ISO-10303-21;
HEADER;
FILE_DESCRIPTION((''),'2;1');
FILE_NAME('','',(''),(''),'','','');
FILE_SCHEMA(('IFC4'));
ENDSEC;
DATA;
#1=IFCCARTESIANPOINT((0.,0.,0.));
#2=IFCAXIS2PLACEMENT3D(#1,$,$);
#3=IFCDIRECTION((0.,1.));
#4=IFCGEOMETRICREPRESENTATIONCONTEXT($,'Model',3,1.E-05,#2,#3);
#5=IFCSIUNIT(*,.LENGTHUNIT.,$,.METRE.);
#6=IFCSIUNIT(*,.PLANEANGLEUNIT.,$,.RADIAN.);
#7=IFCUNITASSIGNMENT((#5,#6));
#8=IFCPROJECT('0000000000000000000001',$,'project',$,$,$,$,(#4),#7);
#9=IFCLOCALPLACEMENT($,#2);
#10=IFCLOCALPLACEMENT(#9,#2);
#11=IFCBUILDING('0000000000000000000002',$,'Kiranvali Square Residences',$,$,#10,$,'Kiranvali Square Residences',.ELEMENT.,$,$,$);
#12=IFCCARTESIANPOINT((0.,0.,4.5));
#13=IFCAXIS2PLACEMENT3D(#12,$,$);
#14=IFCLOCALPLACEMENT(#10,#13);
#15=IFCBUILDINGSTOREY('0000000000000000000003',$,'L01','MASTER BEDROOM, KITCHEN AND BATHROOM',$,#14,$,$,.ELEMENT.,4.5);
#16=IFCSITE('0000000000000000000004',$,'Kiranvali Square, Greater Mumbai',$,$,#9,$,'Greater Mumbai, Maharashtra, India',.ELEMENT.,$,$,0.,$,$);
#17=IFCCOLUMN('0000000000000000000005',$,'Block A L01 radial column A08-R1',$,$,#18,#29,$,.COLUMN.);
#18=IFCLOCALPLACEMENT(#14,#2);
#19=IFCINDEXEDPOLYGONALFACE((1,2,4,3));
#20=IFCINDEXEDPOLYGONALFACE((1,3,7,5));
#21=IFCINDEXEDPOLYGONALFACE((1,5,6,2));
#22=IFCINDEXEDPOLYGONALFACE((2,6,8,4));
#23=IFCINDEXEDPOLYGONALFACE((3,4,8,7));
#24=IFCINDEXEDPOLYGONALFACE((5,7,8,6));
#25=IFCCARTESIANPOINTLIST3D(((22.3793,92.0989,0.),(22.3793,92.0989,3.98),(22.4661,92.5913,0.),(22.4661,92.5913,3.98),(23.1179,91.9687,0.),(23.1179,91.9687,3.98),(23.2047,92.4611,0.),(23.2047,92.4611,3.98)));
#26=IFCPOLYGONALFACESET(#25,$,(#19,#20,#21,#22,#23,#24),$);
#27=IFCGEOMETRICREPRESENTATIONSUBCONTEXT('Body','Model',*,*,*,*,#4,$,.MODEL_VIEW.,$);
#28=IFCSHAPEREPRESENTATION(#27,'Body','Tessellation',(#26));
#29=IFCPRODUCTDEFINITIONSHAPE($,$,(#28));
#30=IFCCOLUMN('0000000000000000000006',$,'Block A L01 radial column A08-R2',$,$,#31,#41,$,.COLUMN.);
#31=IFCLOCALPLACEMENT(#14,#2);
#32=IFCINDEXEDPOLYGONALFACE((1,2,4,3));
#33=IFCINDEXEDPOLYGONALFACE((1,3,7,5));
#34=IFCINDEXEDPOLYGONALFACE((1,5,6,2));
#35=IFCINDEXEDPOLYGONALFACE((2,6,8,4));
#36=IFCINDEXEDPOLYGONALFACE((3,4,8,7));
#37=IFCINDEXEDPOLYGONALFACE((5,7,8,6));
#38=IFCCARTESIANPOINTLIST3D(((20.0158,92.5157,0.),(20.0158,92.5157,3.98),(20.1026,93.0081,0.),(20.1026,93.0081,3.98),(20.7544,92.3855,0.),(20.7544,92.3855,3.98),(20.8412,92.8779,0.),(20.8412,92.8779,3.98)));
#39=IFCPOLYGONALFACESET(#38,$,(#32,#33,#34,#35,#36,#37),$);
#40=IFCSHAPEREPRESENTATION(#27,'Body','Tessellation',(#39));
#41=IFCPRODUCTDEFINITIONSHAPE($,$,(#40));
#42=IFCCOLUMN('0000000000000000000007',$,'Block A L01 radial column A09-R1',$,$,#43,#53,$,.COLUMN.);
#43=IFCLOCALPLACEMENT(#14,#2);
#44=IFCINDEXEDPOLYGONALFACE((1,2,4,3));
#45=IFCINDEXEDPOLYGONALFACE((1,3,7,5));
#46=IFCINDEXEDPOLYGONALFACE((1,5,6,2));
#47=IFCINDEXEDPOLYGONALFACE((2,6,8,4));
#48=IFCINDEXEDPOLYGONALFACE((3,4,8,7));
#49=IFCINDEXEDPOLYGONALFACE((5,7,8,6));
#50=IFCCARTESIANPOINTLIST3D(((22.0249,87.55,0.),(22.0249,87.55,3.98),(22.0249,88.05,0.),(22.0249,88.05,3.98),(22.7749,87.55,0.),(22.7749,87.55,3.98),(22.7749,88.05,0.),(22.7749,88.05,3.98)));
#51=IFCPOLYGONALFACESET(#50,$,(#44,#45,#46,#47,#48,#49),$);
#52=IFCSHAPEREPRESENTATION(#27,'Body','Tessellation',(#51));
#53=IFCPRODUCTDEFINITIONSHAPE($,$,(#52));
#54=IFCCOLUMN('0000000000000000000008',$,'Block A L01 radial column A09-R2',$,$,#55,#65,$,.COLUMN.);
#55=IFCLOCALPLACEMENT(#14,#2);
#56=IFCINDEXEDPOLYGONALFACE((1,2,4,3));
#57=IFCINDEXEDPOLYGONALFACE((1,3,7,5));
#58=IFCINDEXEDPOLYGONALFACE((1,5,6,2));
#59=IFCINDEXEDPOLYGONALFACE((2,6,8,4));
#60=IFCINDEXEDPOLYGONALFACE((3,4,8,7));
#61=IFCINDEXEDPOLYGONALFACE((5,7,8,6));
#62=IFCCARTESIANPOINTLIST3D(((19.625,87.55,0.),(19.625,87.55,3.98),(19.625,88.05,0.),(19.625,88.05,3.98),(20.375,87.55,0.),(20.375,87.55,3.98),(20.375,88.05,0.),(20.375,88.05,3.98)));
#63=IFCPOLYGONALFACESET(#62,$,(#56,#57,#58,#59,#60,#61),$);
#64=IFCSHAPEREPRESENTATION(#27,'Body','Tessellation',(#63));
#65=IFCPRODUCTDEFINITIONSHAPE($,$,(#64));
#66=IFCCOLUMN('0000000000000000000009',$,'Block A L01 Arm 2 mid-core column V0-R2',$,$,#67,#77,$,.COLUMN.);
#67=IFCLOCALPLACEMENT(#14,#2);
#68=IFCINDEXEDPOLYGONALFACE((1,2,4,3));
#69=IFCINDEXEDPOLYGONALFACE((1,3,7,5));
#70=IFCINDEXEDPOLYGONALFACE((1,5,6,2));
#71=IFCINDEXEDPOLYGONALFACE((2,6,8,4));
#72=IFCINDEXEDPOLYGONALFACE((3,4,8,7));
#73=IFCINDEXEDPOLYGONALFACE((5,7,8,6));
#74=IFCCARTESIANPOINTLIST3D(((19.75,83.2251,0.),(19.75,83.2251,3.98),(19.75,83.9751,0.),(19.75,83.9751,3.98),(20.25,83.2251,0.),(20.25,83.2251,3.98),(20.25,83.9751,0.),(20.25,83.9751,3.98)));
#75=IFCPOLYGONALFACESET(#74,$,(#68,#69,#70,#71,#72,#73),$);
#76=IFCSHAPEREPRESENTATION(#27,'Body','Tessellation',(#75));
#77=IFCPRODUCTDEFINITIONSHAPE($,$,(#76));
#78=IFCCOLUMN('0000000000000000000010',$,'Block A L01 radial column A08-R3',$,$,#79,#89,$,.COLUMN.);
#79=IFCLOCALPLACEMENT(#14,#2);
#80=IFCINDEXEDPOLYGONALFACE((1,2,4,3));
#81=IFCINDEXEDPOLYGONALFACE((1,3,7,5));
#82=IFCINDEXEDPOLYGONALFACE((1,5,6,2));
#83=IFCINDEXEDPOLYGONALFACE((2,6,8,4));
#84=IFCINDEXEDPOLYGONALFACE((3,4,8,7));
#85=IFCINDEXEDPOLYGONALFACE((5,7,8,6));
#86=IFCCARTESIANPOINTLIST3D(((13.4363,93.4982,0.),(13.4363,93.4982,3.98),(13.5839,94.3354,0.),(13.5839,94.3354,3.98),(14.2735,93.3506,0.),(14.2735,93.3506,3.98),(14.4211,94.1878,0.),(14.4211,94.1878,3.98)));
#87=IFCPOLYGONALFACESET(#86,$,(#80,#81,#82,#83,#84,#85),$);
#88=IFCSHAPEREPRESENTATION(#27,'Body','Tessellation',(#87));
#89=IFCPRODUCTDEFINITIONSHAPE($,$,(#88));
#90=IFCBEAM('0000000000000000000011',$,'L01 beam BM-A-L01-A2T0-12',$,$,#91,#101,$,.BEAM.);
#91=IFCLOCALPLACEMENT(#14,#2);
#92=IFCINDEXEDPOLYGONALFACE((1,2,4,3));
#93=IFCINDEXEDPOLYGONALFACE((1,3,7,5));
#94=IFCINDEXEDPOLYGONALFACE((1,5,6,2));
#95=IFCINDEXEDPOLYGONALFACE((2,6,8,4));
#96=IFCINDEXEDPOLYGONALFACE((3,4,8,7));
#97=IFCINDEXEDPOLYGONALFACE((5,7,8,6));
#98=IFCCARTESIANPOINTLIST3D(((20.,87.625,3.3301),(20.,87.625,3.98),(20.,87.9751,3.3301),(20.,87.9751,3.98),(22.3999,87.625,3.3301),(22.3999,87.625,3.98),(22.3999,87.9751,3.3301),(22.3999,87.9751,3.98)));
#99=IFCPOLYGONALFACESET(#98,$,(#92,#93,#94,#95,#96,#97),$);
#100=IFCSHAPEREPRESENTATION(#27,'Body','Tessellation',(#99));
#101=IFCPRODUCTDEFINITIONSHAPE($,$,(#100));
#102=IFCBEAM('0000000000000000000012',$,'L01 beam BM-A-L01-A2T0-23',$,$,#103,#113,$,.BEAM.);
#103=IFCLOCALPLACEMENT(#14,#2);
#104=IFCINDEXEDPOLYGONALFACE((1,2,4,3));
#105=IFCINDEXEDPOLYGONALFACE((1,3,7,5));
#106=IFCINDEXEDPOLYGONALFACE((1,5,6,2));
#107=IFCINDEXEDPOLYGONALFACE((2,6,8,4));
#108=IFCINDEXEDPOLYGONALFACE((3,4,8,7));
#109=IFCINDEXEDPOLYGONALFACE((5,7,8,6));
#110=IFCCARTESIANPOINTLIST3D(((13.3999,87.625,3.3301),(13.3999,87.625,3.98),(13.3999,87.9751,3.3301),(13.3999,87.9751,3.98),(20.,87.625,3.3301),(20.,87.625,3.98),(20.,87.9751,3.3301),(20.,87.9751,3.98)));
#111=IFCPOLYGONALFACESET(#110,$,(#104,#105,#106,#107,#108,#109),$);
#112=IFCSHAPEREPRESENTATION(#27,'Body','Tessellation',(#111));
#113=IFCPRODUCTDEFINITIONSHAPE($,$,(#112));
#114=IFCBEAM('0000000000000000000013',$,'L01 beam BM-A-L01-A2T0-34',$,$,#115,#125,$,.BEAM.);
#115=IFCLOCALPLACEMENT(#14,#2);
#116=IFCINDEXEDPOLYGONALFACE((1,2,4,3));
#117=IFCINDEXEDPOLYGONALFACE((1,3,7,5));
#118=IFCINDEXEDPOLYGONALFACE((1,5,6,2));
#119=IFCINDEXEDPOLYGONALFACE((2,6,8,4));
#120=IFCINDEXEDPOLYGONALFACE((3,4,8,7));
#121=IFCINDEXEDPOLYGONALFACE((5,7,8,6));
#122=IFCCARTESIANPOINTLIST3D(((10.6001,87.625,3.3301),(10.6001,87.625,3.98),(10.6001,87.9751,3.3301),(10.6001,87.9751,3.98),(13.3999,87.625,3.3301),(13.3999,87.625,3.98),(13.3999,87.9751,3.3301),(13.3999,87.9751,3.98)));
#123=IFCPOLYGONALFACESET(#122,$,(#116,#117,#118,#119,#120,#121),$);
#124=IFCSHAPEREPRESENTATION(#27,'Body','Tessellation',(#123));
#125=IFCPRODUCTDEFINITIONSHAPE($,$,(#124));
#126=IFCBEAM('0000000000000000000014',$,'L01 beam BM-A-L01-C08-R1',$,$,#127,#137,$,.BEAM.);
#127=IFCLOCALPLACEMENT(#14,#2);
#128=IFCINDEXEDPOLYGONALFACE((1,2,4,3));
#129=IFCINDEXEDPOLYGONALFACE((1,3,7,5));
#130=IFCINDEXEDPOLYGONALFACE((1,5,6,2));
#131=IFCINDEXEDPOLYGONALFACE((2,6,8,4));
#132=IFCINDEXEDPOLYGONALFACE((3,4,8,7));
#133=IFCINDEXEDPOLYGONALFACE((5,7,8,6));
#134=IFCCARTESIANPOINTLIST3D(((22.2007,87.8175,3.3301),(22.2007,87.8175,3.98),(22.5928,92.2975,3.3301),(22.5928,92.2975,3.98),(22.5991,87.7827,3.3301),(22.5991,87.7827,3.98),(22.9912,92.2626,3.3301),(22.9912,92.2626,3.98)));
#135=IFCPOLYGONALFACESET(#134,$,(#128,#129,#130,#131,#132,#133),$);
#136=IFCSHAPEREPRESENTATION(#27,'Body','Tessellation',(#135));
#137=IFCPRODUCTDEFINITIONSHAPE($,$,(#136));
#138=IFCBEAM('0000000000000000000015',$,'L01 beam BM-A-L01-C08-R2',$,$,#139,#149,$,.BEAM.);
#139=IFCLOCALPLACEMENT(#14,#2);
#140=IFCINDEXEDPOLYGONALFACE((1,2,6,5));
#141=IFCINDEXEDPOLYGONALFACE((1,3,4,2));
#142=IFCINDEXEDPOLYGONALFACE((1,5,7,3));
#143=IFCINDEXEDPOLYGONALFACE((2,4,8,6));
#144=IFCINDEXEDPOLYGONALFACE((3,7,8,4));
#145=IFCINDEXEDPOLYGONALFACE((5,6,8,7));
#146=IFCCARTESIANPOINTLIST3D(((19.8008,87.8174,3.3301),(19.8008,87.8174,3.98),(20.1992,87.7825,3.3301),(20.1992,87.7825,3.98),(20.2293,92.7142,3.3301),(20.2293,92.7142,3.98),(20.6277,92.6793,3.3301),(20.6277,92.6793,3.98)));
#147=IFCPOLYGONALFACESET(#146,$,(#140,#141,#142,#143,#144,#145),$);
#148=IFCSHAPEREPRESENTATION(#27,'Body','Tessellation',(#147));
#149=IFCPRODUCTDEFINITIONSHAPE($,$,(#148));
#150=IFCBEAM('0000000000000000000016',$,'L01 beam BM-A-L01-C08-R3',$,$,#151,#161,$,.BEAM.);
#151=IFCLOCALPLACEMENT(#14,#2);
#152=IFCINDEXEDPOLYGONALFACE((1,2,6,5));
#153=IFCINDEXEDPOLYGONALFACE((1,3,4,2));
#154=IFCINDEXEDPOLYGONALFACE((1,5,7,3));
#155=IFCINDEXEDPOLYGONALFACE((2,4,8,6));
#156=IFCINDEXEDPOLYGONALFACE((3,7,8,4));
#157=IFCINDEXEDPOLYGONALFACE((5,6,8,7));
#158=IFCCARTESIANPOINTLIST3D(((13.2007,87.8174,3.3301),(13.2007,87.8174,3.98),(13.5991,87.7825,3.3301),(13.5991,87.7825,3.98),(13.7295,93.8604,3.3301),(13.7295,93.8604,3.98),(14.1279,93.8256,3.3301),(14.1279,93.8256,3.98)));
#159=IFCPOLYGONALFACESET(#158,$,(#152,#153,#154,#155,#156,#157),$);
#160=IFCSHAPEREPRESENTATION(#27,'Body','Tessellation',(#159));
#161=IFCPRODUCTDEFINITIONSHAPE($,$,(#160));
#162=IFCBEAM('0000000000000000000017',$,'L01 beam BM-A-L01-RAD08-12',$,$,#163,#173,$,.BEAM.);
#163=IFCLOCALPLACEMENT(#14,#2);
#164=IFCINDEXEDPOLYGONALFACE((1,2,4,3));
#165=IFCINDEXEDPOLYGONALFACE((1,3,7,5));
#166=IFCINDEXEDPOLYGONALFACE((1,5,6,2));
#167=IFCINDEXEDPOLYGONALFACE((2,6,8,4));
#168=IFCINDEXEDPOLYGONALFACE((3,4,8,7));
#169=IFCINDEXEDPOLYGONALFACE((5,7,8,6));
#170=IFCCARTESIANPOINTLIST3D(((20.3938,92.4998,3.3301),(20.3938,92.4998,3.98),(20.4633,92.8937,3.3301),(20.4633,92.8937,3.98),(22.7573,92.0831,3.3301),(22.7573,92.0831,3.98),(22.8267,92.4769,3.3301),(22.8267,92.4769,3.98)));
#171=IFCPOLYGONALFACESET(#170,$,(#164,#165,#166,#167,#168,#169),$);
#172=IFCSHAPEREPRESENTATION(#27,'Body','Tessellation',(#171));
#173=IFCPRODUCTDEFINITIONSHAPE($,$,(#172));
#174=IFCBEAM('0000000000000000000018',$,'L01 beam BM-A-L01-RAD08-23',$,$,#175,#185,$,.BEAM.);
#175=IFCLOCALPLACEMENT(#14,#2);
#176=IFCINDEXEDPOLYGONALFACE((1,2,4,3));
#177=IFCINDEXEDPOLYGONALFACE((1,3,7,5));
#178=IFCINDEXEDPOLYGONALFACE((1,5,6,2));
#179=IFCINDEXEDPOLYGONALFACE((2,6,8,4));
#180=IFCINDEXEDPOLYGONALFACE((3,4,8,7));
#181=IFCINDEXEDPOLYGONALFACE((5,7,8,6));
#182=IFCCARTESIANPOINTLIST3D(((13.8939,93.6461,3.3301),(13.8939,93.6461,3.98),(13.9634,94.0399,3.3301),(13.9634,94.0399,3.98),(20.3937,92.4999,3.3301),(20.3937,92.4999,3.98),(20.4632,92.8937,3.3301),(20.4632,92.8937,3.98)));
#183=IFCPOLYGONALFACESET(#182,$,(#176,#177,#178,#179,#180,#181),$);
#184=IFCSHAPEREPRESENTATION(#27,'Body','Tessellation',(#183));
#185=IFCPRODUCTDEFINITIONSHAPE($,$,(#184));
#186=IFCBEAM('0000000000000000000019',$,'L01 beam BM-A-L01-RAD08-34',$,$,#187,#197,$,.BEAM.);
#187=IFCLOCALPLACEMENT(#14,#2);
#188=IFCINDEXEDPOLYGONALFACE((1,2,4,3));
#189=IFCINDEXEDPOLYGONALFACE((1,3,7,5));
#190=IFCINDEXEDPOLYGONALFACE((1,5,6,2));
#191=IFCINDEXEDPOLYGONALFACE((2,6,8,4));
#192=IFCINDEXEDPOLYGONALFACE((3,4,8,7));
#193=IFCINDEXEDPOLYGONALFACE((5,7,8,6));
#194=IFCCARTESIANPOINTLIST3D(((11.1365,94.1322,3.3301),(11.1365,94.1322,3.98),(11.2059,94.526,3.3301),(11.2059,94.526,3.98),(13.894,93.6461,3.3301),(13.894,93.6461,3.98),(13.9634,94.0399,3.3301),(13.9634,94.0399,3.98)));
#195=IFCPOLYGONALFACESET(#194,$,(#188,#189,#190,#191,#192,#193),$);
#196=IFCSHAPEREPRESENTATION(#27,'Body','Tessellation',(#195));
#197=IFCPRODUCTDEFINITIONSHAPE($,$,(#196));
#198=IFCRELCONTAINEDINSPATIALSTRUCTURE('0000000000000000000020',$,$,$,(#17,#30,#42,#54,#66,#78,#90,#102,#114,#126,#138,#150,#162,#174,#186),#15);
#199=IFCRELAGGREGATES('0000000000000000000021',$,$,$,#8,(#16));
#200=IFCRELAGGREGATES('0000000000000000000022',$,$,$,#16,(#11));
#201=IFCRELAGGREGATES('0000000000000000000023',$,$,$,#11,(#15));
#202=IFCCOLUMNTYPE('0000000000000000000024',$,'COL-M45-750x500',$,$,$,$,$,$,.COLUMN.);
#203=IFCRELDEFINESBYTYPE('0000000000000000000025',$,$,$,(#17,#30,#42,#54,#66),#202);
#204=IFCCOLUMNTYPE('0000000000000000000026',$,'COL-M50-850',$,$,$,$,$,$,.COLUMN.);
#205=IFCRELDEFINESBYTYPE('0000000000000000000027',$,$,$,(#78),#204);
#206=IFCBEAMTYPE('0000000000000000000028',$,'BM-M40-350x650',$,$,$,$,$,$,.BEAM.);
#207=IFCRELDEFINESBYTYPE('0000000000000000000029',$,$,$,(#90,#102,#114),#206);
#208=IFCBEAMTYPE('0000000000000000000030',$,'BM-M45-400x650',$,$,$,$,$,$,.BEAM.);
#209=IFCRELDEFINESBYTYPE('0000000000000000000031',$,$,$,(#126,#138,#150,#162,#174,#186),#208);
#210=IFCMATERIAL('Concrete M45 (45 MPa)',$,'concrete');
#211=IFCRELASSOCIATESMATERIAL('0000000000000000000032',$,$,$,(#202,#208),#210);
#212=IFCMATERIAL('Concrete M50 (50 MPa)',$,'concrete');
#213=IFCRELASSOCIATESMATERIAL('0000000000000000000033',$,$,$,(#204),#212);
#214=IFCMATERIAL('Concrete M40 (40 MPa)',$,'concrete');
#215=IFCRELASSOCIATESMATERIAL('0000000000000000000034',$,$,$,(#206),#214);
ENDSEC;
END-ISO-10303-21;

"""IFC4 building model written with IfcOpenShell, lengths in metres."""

from ifc_helpers import new_model, si_unit, direction, frame, origin, origin_2d, place, context, subcontext, project, spatial, rectangle, extrude, material, material_profile, profile_set, type_object, element, save


model = new_model("IFC4")

# Units and contexts
model_context = context("Model", 3, precision=1e-05, world=origin(), true_north=direction((0.0, 1.0)))
body_context = subcontext(model_context, "Body", "Model", "MODEL_VIEW")
ifc_project = project(units=[si_unit("LENGTHUNIT", "METRE"), si_unit("PLANEANGLEUNIT", "RADIAN")], contexts=[model_context])

# Site, building, storey
site_placement = place(None, origin())
site = spatial("IfcSite", under=ifc_project, at=site_placement, Name="Kiranvali Square, Greater Mumbai", LongName="Greater Mumbai, Maharashtra, India", CompositionType="ELEMENT", RefElevation=0.0)
building_placement = place(site_placement, origin())
building = spatial("IfcBuilding", under=site, at=building_placement, Name="Kiranvali Square Residences", LongName="Kiranvali Square Residences", CompositionType="ELEMENT")
storey_placement = place(building_placement, frame((0.0, 0.0, 4.5)))
storey = spatial("IfcBuildingStorey", under=building, at=storey_placement, Name="L01", Description="MASTER BEDROOM, KITCHEN AND BATHROOM", CompositionType="ELEMENT", Elevation=4.5)

# Columns
ifc_material_1 = material(Name="Concrete M45 (45 MPa)", Category="concrete")
ifc_material_profile_1 = material_profile(ifc_material_1, rectangle(XDim=0.5, YDim=0.75, at=origin_2d()), Name="RC 750x500")
ifc_profile_set_1 = profile_set([ifc_material_profile_1], Name="Concrete M45 (45 MPa)")
column_type_1 = type_object("IfcColumnType", Name="COL-M45-750x500", PredefinedType="COLUMN", material=ifc_profile_set_1)
for number, where, z_axis, x_axis, name in (
    (1, (22.792, 92.28, 0.0), (0.0, 0.0, 1.0), (0.173648, 0.984808, 0.0), "Block A L01 radial column A08-R1"),
    (2, (20.4285, 92.6968, 0.0), (0.0, 0.0, 1.0), (0.173648, 0.984808, 0.0), "Block A L01 radial column A08-R2"),
    (3, (22.3999, 87.8, 0.0), (0.0, 0.0, 1.0), (0.0, 1.0, 0.0), "Block A L01 radial column A09-R1"),
    (4, (20.0, 87.8, 0.0), (0.0, 0.0, 1.0), (0.0, 1.0, 0.0), "Block A L01 radial column A09-R2"),
    (5, (20.0, 83.6001, 0.0), (0.0, 0.0, 1.0), (1.0, 0.0, 0.0), "Block A L01 Arm 2 mid-core column V0-R2"),
):
    element("IfcColumn", number, at=place(storey_placement, frame(where, z_axis=z_axis, x_axis=x_axis)), inside=storey, type_object=column_type_1, Name=name, PredefinedType="COLUMN", context=body_context, shape_type="SweptSolid", body=[
        extrude(rectangle(XDim=0.5, YDim=0.75, at=origin_2d()), origin(), (0.0, 0.0, 1.0), 3.98),
    ])
ifc_material_2 = material(Name="Concrete M50 (50 MPa)", Category="concrete")
ifc_material_profile_2 = material_profile(ifc_material_2, rectangle(XDim=0.8501, YDim=0.8501, at=origin_2d()), Name="RC 850x850")
ifc_profile_set_2 = profile_set([ifc_material_profile_2], Name="Concrete M50 (50 MPa)")
column_type_2 = type_object("IfcColumnType", Name="COL-M50-850", PredefinedType="COLUMN", material=ifc_profile_set_2)
column_placement = place(storey_placement, frame((13.9287, 93.843, 0.0), z_axis=(0.0, 0.0, 1.0), x_axis=(0.173648, 0.984808, 0.0)))
element("IfcColumn", 6, at=column_placement, inside=storey, type_object=column_type_2, Name="Block A L01 radial column A08-R3", PredefinedType="COLUMN", context=body_context, shape_type="SweptSolid", body=[
    extrude(rectangle(XDim=0.8501, YDim=0.8501, at=origin_2d()), origin(), (0.0, 0.0, 1.0), 3.98),
])

# Beams
ifc_material_3 = material(Name="Concrete M40 (40 MPa)", Category="concrete")
ifc_material_profile_3 = material_profile(ifc_material_3, rectangle(XDim=0.3501, YDim=0.6499, at=origin_2d()), Name="RC 350x650")
ifc_profile_set_3 = profile_set([ifc_material_profile_3], Name="Concrete M40 (40 MPa)")
beam_type_1 = type_object("IfcBeamType", Name="BM-M40-350x650", PredefinedType="BEAM", material=ifc_profile_set_3)
beam_1_placement = place(storey_placement, frame((22.3999, 87.8, 3.655), z_axis=(-1.0, 0.0, 0.0), x_axis=(0.0, -1.0, 0.0)))
element("IfcBeam", 7, at=beam_1_placement, inside=storey, type_object=beam_type_1, Name="L01 beam BM-A-L01-A2T0-12", PredefinedType="BEAM", context=body_context, shape_type="SweptSolid", body=[
    extrude(rectangle(XDim=0.3501, YDim=0.6499, at=origin_2d()), origin(), (0.0, 0.0, 1.0), 2.3999),
])
beam_2_placement = place(storey_placement, frame((20.0, 87.8, 3.655), z_axis=(-1.0, 0.0, 0.0), x_axis=(0.0, -1.0, 0.0)))
element("IfcBeam", 8, at=beam_2_placement, inside=storey, type_object=beam_type_1, Name="L01 beam BM-A-L01-A2T0-23", PredefinedType="BEAM", context=body_context, shape_type="SweptSolid", body=[
    extrude(rectangle(XDim=0.3501, YDim=0.6499, at=origin_2d()), origin(), (0.0, 0.0, 1.0), 6.6001),
])
beam_3_placement = place(storey_placement, frame((13.3999, 87.8, 3.655), z_axis=(-1.0, 0.0, 0.0), x_axis=(0.0, -1.0, 0.0)))
element("IfcBeam", 9, at=beam_3_placement, inside=storey, type_object=beam_type_1, Name="L01 beam BM-A-L01-A2T0-34", PredefinedType="BEAM", context=body_context, shape_type="SweptSolid", body=[
    extrude(rectangle(XDim=0.3501, YDim=0.6499, at=origin_2d()), origin(), (0.0, 0.0, 1.0), 2.7998),
])
ifc_material_profile_4 = material_profile(ifc_material_1, rectangle(XDim=0.3999, YDim=0.6499, at=origin_2d()), Name="RC 400x650")
ifc_profile_set_4 = profile_set([ifc_material_profile_4], Name="Concrete M45 (45 MPa)")
beam_type_2 = type_object("IfcBeamType", Name="BM-M45-400x650", PredefinedType="BEAM", material=ifc_profile_set_4)
beam_4_placement = place(storey_placement, frame((22.792, 92.28, 3.655), z_axis=(-0.087187, -0.996192, 0.0), x_axis=(0.996192, -0.087187, 0.0)))
element("IfcBeam", 10, at=beam_4_placement, inside=storey, type_object=beam_type_2, Name="L01 beam BM-A-L01-C08-R1", PredefinedType="BEAM", context=body_context, shape_type="SweptSolid", body=[
    extrude(rectangle(XDim=0.3999, YDim=0.6499, at=origin_2d()), origin(), (0.0, 0.0, 1.0), 4.4971),
])
beam_5_placement = place(storey_placement, frame((20.4285, 92.6968, 3.655), z_axis=(-0.087168, -0.996194, 0.0), x_axis=(0.996194, -0.087168, 0.0)))
element("IfcBeam", 11, at=beam_5_placement, inside=storey, type_object=beam_type_2, Name="L01 beam BM-A-L01-C08-R2", PredefinedType="BEAM", context=body_context, shape_type="SweptSolid", body=[
    extrude(rectangle(XDim=0.3999, YDim=0.6499, at=origin_2d()), origin(), (0.0, 0.0, 1.0), 4.9155),
])
beam_6_placement = place(storey_placement, frame((13.9287, 93.843, 3.655), z_axis=(-0.087175, -0.996193, 0.0), x_axis=(0.996193, -0.087175, 0.0)))
element("IfcBeam", 12, at=beam_6_placement, inside=storey, type_object=beam_type_2, Name="L01 beam BM-A-L01-C08-R3", PredefinedType="BEAM", context=body_context, shape_type="SweptSolid", body=[
    extrude(rectangle(XDim=0.3999, YDim=0.6499, at=origin_2d()), origin(), (0.0, 0.0, 1.0), 6.0662),
])
beam_7_placement = place(storey_placement, frame((22.792, 92.28, 3.655), z_axis=(-0.984808, 0.173646, 0.0), x_axis=(-0.173646, -0.984808, 0.0)))
element("IfcBeam", 13, at=beam_7_placement, inside=storey, type_object=beam_type_2, Name="L01 beam BM-A-L01-RAD08-12", PredefinedType="BEAM", context=body_context, shape_type="SweptSolid", body=[
    extrude(rectangle(XDim=0.3999, YDim=0.6499, at=origin_2d()), origin(), (0.0, 0.0, 1.0), 2.3999),
])
beam_8_placement = place(storey_placement, frame((20.4285, 92.6968, 3.655), z_axis=(-0.984804, 0.173671, 0.0), x_axis=(-0.173671, -0.984804, 0.0)))
element("IfcBeam", 14, at=beam_8_placement, inside=storey, type_object=beam_type_2, Name="L01 beam BM-A-L01-RAD08-23", PredefinedType="BEAM", context=body_context, shape_type="SweptSolid", body=[
    extrude(rectangle(XDim=0.3999, YDim=0.6499, at=origin_2d()), origin(), (0.0, 0.0, 1.0), 6.6001),
])
beam_9_placement = place(storey_placement, frame((13.9287, 93.843, 3.655), z_axis=(-0.984817, 0.173596, 0.0), x_axis=(-0.173596, -0.984817, 0.0)))
element("IfcBeam", 15, at=beam_9_placement, inside=storey, type_object=beam_type_2, Name="L01 beam BM-A-L01-RAD08-34", PredefinedType="BEAM", context=body_context, shape_type="SweptSolid", body=[
    extrude(rectangle(XDim=0.3999, YDim=0.6499, at=origin_2d()), origin(), (0.0, 0.0, 1.0), 2.8),
])

save(model, "model.ifc")
